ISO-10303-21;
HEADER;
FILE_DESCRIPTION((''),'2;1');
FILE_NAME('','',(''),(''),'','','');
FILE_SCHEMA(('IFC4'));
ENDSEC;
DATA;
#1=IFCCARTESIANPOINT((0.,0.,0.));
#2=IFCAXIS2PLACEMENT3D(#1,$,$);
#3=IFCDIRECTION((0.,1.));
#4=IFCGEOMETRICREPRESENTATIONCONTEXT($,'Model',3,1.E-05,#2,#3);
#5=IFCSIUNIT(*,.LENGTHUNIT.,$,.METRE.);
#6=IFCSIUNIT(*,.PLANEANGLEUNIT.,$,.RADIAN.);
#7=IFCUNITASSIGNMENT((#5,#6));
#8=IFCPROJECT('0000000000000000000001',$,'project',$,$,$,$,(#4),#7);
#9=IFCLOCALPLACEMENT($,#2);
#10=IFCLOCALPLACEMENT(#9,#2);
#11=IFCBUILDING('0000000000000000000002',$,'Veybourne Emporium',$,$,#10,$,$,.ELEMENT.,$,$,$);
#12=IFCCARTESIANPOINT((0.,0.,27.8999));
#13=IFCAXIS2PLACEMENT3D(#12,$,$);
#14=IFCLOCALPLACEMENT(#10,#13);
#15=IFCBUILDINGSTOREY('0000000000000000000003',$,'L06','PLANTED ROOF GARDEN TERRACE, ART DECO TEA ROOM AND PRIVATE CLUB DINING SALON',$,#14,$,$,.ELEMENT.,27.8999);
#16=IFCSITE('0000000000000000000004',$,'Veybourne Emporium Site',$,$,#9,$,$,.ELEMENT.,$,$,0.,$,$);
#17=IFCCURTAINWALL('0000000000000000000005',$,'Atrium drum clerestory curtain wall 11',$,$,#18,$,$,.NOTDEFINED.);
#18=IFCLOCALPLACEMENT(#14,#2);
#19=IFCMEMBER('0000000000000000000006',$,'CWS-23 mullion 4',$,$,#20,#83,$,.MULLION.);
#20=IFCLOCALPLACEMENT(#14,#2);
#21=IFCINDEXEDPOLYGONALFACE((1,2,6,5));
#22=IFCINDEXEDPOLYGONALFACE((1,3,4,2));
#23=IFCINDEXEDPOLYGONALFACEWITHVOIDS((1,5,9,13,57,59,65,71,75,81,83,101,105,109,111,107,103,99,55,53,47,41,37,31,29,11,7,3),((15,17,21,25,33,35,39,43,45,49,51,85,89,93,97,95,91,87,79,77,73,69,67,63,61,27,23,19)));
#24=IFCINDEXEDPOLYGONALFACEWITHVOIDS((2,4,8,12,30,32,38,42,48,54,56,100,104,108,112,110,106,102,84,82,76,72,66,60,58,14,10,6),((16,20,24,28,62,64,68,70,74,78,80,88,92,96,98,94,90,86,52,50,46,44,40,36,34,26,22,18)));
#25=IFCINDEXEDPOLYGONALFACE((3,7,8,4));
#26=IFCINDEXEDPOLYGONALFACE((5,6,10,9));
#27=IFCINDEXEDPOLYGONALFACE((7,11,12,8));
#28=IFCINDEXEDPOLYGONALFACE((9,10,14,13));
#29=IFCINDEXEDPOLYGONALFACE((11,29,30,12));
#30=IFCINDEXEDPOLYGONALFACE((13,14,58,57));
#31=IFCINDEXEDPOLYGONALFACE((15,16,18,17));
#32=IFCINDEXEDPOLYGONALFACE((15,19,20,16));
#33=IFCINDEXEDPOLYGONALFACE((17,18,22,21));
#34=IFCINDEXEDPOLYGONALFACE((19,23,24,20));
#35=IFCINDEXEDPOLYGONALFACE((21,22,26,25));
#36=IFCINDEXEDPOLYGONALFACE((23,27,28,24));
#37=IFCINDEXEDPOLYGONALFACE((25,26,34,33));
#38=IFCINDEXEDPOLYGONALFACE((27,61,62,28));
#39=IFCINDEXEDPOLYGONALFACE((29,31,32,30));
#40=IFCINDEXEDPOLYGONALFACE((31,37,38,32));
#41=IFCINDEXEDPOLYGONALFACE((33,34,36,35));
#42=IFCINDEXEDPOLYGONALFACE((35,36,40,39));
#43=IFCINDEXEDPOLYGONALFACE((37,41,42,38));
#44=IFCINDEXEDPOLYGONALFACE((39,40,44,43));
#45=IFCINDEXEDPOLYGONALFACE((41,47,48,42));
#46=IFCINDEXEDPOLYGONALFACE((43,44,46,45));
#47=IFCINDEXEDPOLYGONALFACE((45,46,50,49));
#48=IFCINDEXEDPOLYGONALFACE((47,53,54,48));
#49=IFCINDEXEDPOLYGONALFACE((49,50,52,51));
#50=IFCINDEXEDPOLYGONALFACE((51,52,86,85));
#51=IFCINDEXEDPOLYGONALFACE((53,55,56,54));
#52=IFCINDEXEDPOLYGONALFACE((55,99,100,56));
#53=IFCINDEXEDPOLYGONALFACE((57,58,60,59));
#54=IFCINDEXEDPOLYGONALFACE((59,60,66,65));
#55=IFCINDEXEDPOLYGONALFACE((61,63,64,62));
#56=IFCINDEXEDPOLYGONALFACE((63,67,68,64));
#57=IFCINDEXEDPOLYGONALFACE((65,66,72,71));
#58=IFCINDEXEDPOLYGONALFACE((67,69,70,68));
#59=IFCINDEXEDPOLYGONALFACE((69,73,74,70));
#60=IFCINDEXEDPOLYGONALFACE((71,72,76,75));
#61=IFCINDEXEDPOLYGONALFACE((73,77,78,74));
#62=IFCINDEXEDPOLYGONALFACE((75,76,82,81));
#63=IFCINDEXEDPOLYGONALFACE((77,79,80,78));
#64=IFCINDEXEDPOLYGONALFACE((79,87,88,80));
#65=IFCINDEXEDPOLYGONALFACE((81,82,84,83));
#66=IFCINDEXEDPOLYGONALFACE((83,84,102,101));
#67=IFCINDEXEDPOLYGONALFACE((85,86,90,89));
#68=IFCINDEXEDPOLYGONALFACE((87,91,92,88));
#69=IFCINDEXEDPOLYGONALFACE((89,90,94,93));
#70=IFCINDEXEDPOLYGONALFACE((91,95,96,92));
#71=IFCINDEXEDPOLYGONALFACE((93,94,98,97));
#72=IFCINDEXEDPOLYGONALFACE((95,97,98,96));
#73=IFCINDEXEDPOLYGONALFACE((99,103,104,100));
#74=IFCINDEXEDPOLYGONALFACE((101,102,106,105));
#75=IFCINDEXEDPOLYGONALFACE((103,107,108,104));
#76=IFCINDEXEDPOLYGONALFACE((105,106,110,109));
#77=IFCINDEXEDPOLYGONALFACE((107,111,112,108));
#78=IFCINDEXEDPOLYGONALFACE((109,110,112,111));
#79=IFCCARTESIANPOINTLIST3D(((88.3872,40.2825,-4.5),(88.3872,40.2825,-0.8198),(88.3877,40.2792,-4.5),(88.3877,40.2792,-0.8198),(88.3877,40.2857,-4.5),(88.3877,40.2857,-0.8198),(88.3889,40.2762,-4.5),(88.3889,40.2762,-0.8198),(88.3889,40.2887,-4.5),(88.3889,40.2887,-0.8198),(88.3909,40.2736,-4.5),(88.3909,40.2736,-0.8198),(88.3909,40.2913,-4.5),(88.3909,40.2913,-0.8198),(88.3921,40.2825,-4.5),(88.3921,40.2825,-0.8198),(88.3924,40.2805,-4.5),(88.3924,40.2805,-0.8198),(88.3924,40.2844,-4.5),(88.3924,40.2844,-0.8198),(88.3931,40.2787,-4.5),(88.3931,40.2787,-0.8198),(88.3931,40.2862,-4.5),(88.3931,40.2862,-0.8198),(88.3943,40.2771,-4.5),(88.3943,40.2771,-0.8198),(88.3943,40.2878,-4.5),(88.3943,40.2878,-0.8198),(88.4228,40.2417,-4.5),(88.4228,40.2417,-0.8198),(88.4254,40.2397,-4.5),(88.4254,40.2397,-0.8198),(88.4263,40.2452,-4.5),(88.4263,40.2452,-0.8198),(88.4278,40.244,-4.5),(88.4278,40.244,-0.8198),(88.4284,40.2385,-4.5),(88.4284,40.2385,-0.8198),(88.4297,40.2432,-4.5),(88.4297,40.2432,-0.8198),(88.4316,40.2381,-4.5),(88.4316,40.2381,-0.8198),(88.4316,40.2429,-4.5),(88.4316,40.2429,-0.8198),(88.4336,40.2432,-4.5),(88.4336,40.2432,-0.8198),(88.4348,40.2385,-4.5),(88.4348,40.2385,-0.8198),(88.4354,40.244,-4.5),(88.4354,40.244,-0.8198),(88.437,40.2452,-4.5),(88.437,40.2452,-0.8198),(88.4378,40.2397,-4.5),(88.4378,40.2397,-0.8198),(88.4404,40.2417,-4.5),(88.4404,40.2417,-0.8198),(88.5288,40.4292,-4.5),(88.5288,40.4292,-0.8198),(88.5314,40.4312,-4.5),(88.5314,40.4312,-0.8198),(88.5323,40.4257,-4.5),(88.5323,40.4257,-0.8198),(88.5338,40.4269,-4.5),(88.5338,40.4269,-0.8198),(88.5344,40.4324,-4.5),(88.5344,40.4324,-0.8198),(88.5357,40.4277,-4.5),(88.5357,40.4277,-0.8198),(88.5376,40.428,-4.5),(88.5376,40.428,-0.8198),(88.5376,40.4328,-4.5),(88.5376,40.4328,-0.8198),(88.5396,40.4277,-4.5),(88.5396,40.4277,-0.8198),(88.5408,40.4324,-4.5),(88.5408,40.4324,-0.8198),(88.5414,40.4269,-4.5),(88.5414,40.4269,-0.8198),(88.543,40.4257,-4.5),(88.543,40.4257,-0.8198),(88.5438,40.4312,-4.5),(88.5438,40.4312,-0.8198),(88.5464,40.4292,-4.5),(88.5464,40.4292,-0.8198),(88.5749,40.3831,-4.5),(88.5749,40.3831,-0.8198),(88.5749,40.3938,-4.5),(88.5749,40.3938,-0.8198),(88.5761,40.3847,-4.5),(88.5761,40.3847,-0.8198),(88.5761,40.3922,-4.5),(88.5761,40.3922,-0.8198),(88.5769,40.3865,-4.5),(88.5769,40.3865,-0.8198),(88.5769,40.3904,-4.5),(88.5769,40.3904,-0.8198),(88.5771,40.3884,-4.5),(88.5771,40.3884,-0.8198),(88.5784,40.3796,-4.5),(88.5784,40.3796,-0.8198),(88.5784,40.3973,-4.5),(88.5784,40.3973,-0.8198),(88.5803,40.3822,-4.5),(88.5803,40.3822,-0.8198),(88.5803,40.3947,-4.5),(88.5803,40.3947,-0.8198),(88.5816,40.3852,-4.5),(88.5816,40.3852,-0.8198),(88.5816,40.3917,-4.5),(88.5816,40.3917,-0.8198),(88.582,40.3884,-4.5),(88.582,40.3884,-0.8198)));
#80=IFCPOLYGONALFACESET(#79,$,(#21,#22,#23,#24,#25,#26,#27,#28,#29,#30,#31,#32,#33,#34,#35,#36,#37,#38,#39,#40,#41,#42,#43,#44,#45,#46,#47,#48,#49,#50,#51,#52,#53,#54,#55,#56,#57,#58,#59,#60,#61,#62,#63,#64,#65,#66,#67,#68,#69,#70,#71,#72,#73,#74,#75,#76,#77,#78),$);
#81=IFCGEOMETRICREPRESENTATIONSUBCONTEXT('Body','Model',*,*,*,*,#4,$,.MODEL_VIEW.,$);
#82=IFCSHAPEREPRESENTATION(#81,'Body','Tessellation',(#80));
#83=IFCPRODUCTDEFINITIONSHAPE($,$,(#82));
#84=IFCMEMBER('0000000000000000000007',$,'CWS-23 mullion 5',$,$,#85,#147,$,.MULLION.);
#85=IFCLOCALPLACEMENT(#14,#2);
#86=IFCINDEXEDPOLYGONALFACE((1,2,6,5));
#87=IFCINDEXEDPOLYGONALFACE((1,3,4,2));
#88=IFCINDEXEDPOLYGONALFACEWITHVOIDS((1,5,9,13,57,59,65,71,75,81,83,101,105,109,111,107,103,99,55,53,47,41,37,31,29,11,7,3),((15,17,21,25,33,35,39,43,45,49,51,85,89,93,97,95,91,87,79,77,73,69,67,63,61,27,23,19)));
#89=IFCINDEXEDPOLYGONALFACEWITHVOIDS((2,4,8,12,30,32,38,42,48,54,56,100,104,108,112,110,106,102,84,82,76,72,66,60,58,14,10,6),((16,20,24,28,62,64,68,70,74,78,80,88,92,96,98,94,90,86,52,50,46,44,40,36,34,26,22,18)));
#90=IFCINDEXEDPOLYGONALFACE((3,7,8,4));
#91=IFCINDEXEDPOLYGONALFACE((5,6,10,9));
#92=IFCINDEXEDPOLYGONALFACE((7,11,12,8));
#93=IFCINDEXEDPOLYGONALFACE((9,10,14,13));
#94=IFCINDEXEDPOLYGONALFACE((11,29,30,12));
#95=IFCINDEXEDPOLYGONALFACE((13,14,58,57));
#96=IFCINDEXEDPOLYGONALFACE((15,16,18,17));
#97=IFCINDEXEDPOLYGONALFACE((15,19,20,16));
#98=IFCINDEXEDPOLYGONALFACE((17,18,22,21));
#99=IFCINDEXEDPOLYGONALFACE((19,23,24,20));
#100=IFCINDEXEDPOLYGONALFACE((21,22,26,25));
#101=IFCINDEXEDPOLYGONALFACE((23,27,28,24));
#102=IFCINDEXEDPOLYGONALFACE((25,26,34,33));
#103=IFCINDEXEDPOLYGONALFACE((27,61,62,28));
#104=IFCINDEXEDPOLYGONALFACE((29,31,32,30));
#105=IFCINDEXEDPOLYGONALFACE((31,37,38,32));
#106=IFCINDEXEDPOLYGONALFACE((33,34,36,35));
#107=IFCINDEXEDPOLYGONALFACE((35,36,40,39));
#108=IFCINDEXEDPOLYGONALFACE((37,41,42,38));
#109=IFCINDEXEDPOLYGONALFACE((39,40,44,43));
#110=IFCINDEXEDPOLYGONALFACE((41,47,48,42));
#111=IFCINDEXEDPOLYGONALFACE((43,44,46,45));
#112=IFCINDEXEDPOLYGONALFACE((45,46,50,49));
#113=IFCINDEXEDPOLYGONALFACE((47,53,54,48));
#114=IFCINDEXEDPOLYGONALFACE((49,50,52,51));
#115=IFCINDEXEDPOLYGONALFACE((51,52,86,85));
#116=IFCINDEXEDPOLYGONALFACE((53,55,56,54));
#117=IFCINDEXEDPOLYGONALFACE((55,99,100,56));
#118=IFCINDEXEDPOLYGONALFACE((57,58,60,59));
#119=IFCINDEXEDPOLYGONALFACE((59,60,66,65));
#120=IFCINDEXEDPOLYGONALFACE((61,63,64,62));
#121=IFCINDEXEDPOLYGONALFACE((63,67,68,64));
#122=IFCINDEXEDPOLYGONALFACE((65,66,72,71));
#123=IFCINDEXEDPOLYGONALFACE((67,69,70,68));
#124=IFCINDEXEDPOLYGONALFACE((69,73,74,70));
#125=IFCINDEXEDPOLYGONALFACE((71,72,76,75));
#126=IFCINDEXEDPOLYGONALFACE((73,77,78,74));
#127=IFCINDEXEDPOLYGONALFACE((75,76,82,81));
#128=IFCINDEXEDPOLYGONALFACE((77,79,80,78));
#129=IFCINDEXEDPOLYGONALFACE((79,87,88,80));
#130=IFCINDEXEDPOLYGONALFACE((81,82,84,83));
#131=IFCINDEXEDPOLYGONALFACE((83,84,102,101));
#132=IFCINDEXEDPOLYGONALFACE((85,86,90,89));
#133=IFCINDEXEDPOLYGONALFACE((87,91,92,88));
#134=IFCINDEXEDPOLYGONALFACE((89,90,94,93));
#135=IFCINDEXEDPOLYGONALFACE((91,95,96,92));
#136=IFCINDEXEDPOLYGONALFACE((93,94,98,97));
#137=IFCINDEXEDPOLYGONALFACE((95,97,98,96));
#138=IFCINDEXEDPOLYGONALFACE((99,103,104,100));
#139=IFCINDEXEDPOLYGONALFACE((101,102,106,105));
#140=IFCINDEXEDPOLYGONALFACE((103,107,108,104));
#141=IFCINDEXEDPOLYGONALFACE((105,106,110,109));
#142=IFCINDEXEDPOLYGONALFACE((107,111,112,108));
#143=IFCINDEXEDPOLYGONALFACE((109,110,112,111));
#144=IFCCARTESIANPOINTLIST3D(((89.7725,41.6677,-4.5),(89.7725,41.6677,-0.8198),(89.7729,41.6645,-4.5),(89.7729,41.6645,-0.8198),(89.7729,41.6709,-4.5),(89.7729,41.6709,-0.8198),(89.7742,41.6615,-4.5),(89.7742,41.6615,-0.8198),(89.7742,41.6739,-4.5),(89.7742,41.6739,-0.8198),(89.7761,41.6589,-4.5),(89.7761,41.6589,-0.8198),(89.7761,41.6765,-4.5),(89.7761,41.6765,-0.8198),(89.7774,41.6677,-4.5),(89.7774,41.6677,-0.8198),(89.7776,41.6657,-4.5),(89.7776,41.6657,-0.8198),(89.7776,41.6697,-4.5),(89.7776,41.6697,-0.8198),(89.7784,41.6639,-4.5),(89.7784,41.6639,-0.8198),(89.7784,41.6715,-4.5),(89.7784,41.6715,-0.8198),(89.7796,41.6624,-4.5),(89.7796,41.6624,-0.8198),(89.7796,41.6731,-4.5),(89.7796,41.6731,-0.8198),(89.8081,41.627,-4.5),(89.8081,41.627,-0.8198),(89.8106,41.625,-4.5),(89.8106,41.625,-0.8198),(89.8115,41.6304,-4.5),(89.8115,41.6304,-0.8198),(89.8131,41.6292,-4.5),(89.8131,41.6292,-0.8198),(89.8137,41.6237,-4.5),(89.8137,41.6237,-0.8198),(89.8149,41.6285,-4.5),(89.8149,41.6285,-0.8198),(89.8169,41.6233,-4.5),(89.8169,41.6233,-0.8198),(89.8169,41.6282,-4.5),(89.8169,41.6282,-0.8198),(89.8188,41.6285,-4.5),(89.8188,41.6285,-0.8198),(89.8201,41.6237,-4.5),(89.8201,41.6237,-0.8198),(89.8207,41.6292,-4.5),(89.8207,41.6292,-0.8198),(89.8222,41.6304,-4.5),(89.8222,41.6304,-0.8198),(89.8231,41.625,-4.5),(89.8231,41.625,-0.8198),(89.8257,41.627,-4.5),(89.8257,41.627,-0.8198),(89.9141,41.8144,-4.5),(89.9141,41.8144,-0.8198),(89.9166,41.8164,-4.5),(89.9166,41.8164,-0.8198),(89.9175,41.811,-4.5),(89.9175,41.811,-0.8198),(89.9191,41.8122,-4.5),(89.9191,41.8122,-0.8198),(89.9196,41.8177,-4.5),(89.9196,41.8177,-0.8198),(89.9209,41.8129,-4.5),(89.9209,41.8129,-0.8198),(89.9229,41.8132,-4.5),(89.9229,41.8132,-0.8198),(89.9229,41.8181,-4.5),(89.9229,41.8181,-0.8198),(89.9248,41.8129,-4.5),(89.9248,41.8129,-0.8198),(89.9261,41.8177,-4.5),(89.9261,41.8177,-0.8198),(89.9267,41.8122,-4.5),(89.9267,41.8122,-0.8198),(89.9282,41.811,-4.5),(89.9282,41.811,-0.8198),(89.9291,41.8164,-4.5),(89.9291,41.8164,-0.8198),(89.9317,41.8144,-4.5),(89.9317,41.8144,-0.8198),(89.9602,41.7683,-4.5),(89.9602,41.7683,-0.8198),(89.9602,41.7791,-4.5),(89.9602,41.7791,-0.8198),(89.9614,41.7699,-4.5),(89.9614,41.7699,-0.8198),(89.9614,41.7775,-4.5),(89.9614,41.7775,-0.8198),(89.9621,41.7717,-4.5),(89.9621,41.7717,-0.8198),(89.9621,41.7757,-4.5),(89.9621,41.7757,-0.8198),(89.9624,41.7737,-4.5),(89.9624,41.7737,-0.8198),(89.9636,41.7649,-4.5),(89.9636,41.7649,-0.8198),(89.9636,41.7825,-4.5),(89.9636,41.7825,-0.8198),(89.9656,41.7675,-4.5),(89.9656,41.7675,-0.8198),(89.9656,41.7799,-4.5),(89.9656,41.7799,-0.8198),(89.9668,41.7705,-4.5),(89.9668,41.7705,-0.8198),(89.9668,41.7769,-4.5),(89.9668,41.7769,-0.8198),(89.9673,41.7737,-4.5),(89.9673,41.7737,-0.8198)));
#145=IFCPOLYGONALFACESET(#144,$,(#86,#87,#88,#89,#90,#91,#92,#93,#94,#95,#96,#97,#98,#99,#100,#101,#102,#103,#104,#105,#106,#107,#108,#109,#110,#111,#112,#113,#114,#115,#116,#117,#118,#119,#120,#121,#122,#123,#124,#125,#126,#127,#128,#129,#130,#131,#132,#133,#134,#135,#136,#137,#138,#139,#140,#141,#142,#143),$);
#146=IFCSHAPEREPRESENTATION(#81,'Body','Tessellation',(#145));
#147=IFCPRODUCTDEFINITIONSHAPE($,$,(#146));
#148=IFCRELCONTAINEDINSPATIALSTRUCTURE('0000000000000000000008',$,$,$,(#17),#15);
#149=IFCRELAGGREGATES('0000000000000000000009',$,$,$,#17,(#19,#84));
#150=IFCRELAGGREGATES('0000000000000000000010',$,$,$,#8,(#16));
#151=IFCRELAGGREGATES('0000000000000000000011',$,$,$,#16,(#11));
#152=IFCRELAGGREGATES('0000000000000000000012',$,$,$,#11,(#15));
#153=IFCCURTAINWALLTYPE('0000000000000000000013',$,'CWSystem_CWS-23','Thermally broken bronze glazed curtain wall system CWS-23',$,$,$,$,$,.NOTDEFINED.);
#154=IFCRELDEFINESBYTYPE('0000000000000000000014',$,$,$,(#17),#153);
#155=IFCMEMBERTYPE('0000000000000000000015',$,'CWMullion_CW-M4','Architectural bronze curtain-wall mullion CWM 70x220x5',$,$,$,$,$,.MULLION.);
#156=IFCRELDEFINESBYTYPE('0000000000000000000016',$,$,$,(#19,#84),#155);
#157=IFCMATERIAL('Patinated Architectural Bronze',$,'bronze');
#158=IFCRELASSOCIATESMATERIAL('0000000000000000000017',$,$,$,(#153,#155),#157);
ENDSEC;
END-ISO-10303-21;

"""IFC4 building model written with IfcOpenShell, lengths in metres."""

from ifc_helpers import new_model, si_unit, direction, frame, origin, origin_2d, place, context, subcontext, project, spatial, hollow_rectangle, extrude, material, material_profile, profile_set, type_object, element, aggregate, save


model = new_model("IFC4")

# Units and contexts
model_context = context("Model", 3, precision=1e-05, world=origin(), true_north=direction((0.0, 1.0)))
body_context = subcontext(model_context, "Body", "Model", "MODEL_VIEW")
ifc_project = project(units=[si_unit("LENGTHUNIT", "METRE"), si_unit("PLANEANGLEUNIT", "RADIAN")], contexts=[model_context])

# Site, building, storey
site_placement = place(None, origin())
site = spatial("IfcSite", under=ifc_project, at=site_placement, Name="Veybourne Emporium Site", CompositionType="ELEMENT", RefElevation=0.0)
building_placement = place(site_placement, origin())
building = spatial("IfcBuilding", under=site, at=building_placement, Name="Veybourne Emporium", CompositionType="ELEMENT")
storey_placement = place(building_placement, frame((0.0, 0.0, 27.8999)))
storey = spatial("IfcBuildingStorey", under=building, at=storey_placement, Name="L06", Description="PLANTED ROOF GARDEN TERRACE, ART DECO TEA ROOM AND PRIVATE CLUB DINING SALON", CompositionType="ELEMENT", Elevation=27.8999)

# Curtain wall, members
ifc_material_1 = material(Name="Patinated Architectural Bronze", Category="bronze")
curtain_wall_type = type_object("IfcCurtainWallType", Name="CWSystem_CWS-23", Description="Thermally broken bronze glazed curtain wall system CWS-23", PredefinedType="NOTDEFINED", material=ifc_material_1)
curtain_wall_placement = place(storey_placement, origin())
curtain_wall = element("IfcCurtainWall", 1, at=curtain_wall_placement, inside=storey, type_object=curtain_wall_type, Name="Atrium drum clerestory curtain wall 11", PredefinedType="NOTDEFINED")
ifc_material_profile_1 = material_profile(ifc_material_1, hollow_rectangle(XDim=0.0701, YDim=0.22, WallThickness=0.0049, InnerFilletRadius=0.0076, OuterFilletRadius=0.0125, at=origin_2d()), Name="CWM 70x220x5")
ifc_profile_set_1 = profile_set([ifc_material_profile_1], Name="Patinated Architectural Bronze")
member_type_1 = type_object("IfcMemberType", Name="CWMullion_CW-M4", Description="Architectural bronze curtain-wall mullion CWM 70x220x5", PredefinedType="MULLION", material=ifc_profile_set_1)
member_1_placement = place(storey_placement, frame((88.4846, 40.3354, -4.5), z_axis=(0.0, 0.0, 1.0), x_axis=(-0.707107, 0.707107, 0.0)))
member_1 = element("IfcMember", 2, at=member_1_placement, type_object=member_type_1, Name="CWS-23 mullion 4", PredefinedType="MULLION", context=body_context, shape_type="SweptSolid", body=[
    extrude(hollow_rectangle(XDim=0.0701, YDim=0.22, WallThickness=0.0049, InnerFilletRadius=0.0076, OuterFilletRadius=0.0125, at=origin_2d()), origin(), (0.0, 0.0, 1.0), 3.6802),
])
member_2_placement = place(storey_placement, frame((89.8699, 41.7207, -4.5), z_axis=(0.0, 0.0, 1.0), x_axis=(-0.707107, 0.707107, 0.0)))
member_2 = element("IfcMember", 3, at=member_2_placement, type_object=member_type_1, Name="CWS-23 mullion 5", PredefinedType="MULLION", context=body_context, shape_type="SweptSolid", body=[
    extrude(hollow_rectangle(XDim=0.0701, YDim=0.22, WallThickness=0.0049, InnerFilletRadius=0.0076, OuterFilletRadius=0.0125, at=origin_2d()), origin(), (0.0, 0.0, 1.0), 3.6802),
])

aggregate(curtain_wall, [member_1, member_2])

save(model, "model.ifc")
